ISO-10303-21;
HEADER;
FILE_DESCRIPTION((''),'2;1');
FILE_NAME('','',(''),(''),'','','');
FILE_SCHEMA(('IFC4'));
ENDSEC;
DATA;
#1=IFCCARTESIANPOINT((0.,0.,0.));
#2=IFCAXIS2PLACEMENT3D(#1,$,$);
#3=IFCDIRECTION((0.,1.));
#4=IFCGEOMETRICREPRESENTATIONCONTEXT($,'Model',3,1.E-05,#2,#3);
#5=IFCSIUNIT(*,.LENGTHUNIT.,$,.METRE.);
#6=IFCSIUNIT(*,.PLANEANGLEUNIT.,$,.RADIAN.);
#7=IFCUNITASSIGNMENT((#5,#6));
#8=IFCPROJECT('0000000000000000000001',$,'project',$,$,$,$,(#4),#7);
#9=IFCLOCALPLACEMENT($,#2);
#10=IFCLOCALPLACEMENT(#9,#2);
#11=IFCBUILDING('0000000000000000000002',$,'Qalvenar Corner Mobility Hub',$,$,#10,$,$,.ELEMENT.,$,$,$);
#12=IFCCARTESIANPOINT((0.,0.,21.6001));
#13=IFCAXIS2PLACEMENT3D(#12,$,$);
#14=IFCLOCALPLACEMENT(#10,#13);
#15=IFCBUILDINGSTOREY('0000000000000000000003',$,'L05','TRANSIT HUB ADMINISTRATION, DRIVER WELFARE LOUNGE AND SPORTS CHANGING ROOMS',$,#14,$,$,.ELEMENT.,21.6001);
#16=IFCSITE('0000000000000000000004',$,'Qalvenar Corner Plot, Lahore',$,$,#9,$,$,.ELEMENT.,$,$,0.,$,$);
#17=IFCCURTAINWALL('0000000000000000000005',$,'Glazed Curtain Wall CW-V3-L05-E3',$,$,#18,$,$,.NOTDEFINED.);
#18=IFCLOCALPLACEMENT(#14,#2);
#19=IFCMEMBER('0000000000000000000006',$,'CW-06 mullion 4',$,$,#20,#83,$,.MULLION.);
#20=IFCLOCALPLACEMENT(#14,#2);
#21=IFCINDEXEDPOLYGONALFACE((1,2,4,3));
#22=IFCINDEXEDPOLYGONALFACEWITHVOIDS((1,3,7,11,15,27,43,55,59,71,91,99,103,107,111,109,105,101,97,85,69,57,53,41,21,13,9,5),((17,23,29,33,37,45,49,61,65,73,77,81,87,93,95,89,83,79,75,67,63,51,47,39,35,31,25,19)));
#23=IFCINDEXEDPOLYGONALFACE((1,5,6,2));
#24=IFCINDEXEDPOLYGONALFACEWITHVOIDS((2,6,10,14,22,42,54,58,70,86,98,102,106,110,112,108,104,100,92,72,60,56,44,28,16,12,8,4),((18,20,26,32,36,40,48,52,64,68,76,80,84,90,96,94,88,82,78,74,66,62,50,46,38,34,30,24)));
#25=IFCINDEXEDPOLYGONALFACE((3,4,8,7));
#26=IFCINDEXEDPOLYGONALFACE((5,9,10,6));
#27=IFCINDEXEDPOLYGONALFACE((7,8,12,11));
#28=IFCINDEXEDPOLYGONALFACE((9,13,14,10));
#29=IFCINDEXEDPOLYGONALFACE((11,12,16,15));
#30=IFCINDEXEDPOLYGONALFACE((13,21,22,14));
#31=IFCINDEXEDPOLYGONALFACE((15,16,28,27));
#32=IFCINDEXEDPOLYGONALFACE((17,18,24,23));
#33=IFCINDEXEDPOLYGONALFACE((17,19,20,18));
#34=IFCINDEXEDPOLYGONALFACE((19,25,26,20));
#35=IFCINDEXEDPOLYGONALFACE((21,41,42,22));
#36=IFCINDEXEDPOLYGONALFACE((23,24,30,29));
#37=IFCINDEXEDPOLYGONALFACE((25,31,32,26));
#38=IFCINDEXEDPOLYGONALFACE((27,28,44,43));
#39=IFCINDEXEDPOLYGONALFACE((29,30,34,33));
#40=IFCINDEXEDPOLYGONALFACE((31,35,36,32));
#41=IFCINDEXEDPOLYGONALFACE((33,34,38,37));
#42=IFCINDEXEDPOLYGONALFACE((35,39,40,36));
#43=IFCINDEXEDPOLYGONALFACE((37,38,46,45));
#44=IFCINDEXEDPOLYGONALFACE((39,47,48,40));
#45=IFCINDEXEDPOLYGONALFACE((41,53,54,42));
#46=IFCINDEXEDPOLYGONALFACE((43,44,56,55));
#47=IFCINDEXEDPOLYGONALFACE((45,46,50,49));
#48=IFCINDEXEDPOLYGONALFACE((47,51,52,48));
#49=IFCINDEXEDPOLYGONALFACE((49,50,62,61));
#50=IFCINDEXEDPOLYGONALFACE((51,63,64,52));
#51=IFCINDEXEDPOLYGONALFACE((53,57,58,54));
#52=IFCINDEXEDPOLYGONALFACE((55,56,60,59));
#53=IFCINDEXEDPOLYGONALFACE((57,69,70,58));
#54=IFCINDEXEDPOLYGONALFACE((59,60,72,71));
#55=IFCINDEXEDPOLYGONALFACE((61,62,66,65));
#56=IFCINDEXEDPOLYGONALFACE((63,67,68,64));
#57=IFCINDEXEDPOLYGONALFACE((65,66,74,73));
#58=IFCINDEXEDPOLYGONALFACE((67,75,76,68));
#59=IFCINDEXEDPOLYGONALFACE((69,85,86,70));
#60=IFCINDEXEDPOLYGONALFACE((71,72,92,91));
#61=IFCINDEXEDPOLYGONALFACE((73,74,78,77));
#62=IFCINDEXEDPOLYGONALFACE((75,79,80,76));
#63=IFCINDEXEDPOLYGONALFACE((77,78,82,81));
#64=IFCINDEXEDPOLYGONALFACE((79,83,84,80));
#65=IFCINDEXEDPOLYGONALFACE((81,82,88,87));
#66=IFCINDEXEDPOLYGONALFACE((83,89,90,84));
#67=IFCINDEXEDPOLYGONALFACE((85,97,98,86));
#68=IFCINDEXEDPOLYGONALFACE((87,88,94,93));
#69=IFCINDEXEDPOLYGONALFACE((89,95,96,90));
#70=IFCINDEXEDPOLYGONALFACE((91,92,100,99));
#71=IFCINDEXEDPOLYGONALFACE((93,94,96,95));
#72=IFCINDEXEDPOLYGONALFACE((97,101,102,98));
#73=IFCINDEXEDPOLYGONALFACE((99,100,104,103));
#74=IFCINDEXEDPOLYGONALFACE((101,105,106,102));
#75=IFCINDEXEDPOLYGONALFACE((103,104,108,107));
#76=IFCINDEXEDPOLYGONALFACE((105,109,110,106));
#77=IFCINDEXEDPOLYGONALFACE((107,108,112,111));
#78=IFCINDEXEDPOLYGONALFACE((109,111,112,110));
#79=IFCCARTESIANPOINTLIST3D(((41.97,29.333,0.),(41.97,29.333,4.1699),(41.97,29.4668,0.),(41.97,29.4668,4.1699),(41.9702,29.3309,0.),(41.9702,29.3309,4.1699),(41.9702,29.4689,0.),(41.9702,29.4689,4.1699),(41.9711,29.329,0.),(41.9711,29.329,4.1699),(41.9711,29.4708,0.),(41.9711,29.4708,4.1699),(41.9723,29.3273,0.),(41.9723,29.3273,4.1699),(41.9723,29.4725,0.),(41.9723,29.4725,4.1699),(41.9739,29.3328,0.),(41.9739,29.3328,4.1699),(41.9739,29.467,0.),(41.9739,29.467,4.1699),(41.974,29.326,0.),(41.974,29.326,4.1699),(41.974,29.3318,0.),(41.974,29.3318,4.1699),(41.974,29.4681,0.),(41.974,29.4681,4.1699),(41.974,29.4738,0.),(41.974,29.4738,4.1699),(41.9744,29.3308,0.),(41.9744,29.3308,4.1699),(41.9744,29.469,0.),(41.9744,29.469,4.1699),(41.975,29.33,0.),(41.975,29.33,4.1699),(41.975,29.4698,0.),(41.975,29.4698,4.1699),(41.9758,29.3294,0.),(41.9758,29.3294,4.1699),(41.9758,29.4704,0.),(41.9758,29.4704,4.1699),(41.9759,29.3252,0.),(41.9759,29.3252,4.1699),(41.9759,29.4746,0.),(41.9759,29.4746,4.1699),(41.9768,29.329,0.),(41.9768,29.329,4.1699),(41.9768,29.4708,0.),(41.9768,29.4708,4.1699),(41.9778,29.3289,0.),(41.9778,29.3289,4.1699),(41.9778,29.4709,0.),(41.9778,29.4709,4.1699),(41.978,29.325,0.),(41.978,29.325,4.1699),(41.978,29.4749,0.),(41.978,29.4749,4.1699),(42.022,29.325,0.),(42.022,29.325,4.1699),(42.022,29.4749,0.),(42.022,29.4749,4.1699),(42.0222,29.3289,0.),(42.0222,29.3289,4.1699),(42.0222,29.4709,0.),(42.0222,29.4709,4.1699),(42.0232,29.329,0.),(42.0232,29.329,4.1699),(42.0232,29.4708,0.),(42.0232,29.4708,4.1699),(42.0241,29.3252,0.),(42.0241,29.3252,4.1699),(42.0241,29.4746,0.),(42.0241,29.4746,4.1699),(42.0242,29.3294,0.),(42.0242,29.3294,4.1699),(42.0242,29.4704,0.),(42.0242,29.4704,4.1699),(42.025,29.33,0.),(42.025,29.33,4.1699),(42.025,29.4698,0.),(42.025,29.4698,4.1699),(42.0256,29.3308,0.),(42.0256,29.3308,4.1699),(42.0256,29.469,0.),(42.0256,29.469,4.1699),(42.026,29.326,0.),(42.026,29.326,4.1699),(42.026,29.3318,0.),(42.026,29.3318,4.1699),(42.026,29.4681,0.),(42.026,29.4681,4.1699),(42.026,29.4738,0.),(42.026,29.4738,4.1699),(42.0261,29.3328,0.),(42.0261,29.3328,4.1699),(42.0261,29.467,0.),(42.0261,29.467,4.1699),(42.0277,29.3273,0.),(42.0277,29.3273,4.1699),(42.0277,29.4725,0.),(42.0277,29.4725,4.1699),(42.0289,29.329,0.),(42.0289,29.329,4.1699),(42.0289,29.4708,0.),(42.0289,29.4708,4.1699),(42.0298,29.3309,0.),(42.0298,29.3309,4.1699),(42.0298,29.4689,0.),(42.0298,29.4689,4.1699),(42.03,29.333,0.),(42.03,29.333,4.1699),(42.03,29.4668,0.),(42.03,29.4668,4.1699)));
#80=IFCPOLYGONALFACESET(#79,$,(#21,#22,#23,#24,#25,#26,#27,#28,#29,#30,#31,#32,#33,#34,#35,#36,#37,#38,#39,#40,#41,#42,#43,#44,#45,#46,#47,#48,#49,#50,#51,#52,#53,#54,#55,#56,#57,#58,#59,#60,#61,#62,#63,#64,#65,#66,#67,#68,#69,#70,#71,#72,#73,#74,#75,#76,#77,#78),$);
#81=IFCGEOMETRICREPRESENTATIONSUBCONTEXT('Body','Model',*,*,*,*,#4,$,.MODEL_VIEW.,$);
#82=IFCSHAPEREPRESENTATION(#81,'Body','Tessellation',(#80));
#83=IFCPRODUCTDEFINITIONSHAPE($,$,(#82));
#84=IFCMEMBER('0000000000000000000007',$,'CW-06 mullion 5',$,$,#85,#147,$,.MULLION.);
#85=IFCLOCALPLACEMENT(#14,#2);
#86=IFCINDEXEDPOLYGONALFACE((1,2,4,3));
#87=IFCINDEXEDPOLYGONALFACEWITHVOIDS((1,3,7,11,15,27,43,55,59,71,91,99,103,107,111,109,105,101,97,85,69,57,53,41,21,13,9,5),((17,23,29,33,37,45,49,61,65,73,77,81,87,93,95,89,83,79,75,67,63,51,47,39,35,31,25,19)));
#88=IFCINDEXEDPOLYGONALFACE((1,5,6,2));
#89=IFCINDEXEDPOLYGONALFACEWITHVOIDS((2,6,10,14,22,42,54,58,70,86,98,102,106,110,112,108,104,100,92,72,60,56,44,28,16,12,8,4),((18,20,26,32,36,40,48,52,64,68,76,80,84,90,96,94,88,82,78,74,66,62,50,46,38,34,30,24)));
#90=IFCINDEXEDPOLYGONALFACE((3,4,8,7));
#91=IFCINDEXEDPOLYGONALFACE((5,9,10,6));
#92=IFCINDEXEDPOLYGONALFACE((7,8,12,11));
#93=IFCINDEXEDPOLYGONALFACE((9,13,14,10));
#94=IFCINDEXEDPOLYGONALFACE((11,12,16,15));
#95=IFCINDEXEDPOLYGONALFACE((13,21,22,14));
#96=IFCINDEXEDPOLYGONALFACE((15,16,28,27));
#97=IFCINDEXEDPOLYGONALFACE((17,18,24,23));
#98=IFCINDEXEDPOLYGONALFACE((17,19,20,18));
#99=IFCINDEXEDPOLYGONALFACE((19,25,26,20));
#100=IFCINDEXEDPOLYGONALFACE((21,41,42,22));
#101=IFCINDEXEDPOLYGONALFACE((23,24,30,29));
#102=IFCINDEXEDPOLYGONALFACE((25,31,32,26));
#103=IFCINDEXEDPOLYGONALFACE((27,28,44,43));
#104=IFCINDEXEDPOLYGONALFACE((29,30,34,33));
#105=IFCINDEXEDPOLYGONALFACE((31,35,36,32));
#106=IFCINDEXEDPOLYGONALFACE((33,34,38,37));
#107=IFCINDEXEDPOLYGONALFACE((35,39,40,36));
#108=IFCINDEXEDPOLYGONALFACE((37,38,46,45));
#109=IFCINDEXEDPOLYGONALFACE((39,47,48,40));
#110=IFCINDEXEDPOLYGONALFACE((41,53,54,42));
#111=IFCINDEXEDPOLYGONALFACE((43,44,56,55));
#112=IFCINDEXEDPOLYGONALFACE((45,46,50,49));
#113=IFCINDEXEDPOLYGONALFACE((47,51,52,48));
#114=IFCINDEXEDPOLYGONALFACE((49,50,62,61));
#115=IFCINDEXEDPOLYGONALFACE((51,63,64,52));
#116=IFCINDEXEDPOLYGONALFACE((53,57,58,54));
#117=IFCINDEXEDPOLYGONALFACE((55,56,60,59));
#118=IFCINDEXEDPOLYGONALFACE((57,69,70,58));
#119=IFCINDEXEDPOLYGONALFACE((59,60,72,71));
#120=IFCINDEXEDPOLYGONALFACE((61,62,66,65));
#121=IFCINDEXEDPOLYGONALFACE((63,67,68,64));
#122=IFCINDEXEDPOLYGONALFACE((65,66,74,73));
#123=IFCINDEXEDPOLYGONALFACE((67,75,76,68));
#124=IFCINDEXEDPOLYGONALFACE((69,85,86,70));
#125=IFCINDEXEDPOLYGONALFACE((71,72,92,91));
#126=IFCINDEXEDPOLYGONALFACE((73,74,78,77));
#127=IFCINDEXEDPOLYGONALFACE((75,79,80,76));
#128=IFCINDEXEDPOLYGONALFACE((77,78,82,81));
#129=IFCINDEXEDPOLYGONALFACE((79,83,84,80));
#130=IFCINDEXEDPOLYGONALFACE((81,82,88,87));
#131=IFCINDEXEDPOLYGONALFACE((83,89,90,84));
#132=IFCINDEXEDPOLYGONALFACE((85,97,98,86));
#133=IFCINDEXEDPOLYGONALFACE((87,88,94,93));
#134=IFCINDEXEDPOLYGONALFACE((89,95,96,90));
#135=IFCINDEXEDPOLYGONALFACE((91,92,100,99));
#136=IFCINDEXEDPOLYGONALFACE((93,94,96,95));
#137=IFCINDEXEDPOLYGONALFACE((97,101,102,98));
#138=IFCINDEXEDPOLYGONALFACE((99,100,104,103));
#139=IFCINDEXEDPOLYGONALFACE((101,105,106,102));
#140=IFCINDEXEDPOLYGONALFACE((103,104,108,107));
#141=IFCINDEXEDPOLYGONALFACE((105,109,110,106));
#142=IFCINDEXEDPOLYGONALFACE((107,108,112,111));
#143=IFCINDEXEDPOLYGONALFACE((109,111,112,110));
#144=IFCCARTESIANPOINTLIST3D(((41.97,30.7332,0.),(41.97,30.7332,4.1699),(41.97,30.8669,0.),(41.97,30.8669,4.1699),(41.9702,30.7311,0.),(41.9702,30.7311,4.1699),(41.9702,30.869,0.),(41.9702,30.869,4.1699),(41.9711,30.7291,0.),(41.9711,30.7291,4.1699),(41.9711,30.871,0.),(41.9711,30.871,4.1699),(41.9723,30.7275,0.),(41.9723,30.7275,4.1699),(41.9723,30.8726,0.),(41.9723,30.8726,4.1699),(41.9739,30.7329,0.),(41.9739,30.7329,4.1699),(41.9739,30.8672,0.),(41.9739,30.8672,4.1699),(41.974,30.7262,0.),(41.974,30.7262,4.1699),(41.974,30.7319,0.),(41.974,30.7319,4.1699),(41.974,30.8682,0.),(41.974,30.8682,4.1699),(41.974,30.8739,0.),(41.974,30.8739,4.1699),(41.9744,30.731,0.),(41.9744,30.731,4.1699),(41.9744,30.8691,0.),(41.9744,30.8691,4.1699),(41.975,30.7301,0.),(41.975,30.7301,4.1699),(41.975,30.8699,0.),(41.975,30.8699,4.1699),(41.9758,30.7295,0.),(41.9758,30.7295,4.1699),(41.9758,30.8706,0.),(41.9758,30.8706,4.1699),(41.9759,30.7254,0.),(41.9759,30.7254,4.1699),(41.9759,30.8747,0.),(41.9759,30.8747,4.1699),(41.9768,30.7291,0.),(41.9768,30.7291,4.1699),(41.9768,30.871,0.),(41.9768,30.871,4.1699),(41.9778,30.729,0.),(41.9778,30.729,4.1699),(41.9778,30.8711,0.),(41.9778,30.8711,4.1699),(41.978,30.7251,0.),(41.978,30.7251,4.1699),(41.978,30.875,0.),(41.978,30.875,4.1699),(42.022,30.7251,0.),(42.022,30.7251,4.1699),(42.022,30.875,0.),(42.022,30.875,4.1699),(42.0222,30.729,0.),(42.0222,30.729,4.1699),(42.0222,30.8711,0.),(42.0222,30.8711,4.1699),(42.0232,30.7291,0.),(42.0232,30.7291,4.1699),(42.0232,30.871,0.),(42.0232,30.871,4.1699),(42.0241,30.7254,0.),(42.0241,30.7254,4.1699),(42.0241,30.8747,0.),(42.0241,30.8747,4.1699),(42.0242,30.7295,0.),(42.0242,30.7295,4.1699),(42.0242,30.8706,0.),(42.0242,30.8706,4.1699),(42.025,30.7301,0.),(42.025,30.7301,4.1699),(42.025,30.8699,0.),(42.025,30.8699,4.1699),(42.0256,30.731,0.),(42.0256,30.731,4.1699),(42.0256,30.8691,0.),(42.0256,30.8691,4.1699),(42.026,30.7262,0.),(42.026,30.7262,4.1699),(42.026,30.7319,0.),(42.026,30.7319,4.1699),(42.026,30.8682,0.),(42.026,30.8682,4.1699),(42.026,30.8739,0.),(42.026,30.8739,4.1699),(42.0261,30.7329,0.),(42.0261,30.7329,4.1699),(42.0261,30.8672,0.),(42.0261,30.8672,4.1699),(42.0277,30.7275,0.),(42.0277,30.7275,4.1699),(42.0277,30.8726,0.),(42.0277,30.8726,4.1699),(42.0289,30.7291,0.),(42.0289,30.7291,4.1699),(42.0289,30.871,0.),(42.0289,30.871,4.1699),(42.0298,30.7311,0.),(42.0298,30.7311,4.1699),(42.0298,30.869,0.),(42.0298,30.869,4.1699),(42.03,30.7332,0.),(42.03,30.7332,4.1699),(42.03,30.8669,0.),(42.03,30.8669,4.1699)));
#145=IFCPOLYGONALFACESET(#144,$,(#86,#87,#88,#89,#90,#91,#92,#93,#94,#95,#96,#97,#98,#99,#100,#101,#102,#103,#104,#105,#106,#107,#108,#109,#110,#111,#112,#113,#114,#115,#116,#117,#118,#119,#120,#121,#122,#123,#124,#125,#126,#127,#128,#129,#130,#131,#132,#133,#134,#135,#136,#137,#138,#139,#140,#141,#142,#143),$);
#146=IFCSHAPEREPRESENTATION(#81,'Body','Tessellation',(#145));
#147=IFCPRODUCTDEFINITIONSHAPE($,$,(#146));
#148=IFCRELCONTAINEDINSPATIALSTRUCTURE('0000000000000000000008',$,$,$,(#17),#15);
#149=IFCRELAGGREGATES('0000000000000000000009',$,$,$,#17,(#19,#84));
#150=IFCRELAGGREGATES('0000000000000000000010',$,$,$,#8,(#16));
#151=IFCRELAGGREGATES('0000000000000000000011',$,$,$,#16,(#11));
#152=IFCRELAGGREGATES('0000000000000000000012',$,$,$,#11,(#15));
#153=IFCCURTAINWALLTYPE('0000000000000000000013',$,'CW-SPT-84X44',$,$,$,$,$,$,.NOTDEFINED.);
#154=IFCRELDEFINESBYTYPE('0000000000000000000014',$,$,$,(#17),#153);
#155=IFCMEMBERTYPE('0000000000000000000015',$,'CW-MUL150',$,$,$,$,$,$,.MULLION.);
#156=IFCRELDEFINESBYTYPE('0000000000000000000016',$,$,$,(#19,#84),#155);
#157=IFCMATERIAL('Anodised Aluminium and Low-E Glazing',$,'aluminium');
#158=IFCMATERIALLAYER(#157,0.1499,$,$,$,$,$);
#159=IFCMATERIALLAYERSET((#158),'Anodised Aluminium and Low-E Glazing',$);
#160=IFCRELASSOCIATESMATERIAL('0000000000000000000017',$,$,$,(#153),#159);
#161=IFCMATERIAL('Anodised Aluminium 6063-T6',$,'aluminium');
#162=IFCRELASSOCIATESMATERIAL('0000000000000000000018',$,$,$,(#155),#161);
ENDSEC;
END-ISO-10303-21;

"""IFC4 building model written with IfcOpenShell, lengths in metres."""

from ifc_helpers import new_model, si_unit, direction, frame, origin, origin_2d, place, context, subcontext, project, spatial, hollow_rectangle, extrude, material, layer, layer_set, material_profile, profile_set, type_object, element, aggregate, save


model = new_model("IFC4")

# Units and contexts
model_context = context("Model", 3, precision=1e-05, world=origin(), true_north=direction((0.0, 1.0)))
body_context = subcontext(model_context, "Body", "Model", "MODEL_VIEW")
ifc_project = project(units=[si_unit("LENGTHUNIT", "METRE"), si_unit("PLANEANGLEUNIT", "RADIAN")], contexts=[model_context])

# Site, building, storey
site_placement = place(None, origin())
site = spatial("IfcSite", under=ifc_project, at=site_placement, Name="Qalvenar Corner Plot, Lahore", CompositionType="ELEMENT", RefElevation=0.0)
building_placement = place(site_placement, origin())
building = spatial("IfcBuilding", under=site, at=building_placement, Name="Qalvenar Corner Mobility Hub", CompositionType="ELEMENT")
storey_placement = place(building_placement, frame((0.0, 0.0, 21.6001)))
storey = spatial("IfcBuildingStorey", under=building, at=storey_placement, Name="L05", Description="TRANSIT HUB ADMINISTRATION, DRIVER WELFARE LOUNGE AND SPORTS CHANGING ROOMS", CompositionType="ELEMENT", Elevation=21.6001)

# Curtain wall, members
ifc_material_1 = material(Name="Anodised Aluminium and Low-E Glazing", Category="aluminium")
ifc_layer_1 = layer(ifc_material_1, 0.1499)
ifc_layer_set_1 = layer_set([ifc_layer_1], Name="Anodised Aluminium and Low-E Glazing")
curtain_wall_type = type_object("IfcCurtainWallType", Name="CW-SPT-84X44", PredefinedType="NOTDEFINED", material=ifc_layer_set_1)
curtain_wall_placement = place(storey_placement, origin())
curtain_wall = element("IfcCurtainWall", 1, at=curtain_wall_placement, inside=storey, type_object=curtain_wall_type, Name="Glazed Curtain Wall CW-V3-L05-E3", PredefinedType="NOTDEFINED")
ifc_material_2 = material(Name="Anodised Aluminium 6063-T6", Category="aluminium")
ifc_material_profile_1 = material_profile(ifc_material_2, hollow_rectangle(XDim=0.0601, YDim=0.1499, WallThickness=0.0039, InnerFilletRadius=0.0039, OuterFilletRadius=0.0081, at=origin_2d()), Name="RHS150x60x4")
ifc_profile_set_1 = profile_set([ifc_material_profile_1], Name="Anodised Aluminium 6063-T6")
member_type_1 = type_object("IfcMemberType", Name="CW-MUL150", PredefinedType="MULLION", material=ifc_profile_set_1)
member_1_placement = place(storey_placement, frame((42.0, 29.3999, 0.0), z_axis=(0.0, 0.0, 1.0), x_axis=(-1.0, 0.0, 0.0)))
member_1 = element("IfcMember", 2, at=member_1_placement, type_object=member_type_1, Name="CW-06 mullion 4", PredefinedType="MULLION", context=body_context, shape_type="SweptSolid", body=[
    extrude(hollow_rectangle(XDim=0.0601, YDim=0.1499, WallThickness=0.0039, InnerFilletRadius=0.0039, OuterFilletRadius=0.0081, at=origin_2d()), origin(), (0.0, 0.0, 1.0), 4.1699),
])
member_2_placement = place(storey_placement, frame((42.0, 30.8, 0.0), z_axis=(0.0, 0.0, 1.0), x_axis=(-1.0, 0.0, 0.0)))
member_2 = element("IfcMember", 3, at=member_2_placement, type_object=member_type_1, Name="CW-06 mullion 5", PredefinedType="MULLION", context=body_context, shape_type="SweptSolid", body=[
    extrude(hollow_rectangle(XDim=0.0601, YDim=0.1499, WallThickness=0.0039, InnerFilletRadius=0.0039, OuterFilletRadius=0.0081, at=origin_2d()), origin(), (0.0, 0.0, 1.0), 4.1699),
])
aggregate(curtain_wall, [member_1, member_2])

save(model, "model.ifc")
